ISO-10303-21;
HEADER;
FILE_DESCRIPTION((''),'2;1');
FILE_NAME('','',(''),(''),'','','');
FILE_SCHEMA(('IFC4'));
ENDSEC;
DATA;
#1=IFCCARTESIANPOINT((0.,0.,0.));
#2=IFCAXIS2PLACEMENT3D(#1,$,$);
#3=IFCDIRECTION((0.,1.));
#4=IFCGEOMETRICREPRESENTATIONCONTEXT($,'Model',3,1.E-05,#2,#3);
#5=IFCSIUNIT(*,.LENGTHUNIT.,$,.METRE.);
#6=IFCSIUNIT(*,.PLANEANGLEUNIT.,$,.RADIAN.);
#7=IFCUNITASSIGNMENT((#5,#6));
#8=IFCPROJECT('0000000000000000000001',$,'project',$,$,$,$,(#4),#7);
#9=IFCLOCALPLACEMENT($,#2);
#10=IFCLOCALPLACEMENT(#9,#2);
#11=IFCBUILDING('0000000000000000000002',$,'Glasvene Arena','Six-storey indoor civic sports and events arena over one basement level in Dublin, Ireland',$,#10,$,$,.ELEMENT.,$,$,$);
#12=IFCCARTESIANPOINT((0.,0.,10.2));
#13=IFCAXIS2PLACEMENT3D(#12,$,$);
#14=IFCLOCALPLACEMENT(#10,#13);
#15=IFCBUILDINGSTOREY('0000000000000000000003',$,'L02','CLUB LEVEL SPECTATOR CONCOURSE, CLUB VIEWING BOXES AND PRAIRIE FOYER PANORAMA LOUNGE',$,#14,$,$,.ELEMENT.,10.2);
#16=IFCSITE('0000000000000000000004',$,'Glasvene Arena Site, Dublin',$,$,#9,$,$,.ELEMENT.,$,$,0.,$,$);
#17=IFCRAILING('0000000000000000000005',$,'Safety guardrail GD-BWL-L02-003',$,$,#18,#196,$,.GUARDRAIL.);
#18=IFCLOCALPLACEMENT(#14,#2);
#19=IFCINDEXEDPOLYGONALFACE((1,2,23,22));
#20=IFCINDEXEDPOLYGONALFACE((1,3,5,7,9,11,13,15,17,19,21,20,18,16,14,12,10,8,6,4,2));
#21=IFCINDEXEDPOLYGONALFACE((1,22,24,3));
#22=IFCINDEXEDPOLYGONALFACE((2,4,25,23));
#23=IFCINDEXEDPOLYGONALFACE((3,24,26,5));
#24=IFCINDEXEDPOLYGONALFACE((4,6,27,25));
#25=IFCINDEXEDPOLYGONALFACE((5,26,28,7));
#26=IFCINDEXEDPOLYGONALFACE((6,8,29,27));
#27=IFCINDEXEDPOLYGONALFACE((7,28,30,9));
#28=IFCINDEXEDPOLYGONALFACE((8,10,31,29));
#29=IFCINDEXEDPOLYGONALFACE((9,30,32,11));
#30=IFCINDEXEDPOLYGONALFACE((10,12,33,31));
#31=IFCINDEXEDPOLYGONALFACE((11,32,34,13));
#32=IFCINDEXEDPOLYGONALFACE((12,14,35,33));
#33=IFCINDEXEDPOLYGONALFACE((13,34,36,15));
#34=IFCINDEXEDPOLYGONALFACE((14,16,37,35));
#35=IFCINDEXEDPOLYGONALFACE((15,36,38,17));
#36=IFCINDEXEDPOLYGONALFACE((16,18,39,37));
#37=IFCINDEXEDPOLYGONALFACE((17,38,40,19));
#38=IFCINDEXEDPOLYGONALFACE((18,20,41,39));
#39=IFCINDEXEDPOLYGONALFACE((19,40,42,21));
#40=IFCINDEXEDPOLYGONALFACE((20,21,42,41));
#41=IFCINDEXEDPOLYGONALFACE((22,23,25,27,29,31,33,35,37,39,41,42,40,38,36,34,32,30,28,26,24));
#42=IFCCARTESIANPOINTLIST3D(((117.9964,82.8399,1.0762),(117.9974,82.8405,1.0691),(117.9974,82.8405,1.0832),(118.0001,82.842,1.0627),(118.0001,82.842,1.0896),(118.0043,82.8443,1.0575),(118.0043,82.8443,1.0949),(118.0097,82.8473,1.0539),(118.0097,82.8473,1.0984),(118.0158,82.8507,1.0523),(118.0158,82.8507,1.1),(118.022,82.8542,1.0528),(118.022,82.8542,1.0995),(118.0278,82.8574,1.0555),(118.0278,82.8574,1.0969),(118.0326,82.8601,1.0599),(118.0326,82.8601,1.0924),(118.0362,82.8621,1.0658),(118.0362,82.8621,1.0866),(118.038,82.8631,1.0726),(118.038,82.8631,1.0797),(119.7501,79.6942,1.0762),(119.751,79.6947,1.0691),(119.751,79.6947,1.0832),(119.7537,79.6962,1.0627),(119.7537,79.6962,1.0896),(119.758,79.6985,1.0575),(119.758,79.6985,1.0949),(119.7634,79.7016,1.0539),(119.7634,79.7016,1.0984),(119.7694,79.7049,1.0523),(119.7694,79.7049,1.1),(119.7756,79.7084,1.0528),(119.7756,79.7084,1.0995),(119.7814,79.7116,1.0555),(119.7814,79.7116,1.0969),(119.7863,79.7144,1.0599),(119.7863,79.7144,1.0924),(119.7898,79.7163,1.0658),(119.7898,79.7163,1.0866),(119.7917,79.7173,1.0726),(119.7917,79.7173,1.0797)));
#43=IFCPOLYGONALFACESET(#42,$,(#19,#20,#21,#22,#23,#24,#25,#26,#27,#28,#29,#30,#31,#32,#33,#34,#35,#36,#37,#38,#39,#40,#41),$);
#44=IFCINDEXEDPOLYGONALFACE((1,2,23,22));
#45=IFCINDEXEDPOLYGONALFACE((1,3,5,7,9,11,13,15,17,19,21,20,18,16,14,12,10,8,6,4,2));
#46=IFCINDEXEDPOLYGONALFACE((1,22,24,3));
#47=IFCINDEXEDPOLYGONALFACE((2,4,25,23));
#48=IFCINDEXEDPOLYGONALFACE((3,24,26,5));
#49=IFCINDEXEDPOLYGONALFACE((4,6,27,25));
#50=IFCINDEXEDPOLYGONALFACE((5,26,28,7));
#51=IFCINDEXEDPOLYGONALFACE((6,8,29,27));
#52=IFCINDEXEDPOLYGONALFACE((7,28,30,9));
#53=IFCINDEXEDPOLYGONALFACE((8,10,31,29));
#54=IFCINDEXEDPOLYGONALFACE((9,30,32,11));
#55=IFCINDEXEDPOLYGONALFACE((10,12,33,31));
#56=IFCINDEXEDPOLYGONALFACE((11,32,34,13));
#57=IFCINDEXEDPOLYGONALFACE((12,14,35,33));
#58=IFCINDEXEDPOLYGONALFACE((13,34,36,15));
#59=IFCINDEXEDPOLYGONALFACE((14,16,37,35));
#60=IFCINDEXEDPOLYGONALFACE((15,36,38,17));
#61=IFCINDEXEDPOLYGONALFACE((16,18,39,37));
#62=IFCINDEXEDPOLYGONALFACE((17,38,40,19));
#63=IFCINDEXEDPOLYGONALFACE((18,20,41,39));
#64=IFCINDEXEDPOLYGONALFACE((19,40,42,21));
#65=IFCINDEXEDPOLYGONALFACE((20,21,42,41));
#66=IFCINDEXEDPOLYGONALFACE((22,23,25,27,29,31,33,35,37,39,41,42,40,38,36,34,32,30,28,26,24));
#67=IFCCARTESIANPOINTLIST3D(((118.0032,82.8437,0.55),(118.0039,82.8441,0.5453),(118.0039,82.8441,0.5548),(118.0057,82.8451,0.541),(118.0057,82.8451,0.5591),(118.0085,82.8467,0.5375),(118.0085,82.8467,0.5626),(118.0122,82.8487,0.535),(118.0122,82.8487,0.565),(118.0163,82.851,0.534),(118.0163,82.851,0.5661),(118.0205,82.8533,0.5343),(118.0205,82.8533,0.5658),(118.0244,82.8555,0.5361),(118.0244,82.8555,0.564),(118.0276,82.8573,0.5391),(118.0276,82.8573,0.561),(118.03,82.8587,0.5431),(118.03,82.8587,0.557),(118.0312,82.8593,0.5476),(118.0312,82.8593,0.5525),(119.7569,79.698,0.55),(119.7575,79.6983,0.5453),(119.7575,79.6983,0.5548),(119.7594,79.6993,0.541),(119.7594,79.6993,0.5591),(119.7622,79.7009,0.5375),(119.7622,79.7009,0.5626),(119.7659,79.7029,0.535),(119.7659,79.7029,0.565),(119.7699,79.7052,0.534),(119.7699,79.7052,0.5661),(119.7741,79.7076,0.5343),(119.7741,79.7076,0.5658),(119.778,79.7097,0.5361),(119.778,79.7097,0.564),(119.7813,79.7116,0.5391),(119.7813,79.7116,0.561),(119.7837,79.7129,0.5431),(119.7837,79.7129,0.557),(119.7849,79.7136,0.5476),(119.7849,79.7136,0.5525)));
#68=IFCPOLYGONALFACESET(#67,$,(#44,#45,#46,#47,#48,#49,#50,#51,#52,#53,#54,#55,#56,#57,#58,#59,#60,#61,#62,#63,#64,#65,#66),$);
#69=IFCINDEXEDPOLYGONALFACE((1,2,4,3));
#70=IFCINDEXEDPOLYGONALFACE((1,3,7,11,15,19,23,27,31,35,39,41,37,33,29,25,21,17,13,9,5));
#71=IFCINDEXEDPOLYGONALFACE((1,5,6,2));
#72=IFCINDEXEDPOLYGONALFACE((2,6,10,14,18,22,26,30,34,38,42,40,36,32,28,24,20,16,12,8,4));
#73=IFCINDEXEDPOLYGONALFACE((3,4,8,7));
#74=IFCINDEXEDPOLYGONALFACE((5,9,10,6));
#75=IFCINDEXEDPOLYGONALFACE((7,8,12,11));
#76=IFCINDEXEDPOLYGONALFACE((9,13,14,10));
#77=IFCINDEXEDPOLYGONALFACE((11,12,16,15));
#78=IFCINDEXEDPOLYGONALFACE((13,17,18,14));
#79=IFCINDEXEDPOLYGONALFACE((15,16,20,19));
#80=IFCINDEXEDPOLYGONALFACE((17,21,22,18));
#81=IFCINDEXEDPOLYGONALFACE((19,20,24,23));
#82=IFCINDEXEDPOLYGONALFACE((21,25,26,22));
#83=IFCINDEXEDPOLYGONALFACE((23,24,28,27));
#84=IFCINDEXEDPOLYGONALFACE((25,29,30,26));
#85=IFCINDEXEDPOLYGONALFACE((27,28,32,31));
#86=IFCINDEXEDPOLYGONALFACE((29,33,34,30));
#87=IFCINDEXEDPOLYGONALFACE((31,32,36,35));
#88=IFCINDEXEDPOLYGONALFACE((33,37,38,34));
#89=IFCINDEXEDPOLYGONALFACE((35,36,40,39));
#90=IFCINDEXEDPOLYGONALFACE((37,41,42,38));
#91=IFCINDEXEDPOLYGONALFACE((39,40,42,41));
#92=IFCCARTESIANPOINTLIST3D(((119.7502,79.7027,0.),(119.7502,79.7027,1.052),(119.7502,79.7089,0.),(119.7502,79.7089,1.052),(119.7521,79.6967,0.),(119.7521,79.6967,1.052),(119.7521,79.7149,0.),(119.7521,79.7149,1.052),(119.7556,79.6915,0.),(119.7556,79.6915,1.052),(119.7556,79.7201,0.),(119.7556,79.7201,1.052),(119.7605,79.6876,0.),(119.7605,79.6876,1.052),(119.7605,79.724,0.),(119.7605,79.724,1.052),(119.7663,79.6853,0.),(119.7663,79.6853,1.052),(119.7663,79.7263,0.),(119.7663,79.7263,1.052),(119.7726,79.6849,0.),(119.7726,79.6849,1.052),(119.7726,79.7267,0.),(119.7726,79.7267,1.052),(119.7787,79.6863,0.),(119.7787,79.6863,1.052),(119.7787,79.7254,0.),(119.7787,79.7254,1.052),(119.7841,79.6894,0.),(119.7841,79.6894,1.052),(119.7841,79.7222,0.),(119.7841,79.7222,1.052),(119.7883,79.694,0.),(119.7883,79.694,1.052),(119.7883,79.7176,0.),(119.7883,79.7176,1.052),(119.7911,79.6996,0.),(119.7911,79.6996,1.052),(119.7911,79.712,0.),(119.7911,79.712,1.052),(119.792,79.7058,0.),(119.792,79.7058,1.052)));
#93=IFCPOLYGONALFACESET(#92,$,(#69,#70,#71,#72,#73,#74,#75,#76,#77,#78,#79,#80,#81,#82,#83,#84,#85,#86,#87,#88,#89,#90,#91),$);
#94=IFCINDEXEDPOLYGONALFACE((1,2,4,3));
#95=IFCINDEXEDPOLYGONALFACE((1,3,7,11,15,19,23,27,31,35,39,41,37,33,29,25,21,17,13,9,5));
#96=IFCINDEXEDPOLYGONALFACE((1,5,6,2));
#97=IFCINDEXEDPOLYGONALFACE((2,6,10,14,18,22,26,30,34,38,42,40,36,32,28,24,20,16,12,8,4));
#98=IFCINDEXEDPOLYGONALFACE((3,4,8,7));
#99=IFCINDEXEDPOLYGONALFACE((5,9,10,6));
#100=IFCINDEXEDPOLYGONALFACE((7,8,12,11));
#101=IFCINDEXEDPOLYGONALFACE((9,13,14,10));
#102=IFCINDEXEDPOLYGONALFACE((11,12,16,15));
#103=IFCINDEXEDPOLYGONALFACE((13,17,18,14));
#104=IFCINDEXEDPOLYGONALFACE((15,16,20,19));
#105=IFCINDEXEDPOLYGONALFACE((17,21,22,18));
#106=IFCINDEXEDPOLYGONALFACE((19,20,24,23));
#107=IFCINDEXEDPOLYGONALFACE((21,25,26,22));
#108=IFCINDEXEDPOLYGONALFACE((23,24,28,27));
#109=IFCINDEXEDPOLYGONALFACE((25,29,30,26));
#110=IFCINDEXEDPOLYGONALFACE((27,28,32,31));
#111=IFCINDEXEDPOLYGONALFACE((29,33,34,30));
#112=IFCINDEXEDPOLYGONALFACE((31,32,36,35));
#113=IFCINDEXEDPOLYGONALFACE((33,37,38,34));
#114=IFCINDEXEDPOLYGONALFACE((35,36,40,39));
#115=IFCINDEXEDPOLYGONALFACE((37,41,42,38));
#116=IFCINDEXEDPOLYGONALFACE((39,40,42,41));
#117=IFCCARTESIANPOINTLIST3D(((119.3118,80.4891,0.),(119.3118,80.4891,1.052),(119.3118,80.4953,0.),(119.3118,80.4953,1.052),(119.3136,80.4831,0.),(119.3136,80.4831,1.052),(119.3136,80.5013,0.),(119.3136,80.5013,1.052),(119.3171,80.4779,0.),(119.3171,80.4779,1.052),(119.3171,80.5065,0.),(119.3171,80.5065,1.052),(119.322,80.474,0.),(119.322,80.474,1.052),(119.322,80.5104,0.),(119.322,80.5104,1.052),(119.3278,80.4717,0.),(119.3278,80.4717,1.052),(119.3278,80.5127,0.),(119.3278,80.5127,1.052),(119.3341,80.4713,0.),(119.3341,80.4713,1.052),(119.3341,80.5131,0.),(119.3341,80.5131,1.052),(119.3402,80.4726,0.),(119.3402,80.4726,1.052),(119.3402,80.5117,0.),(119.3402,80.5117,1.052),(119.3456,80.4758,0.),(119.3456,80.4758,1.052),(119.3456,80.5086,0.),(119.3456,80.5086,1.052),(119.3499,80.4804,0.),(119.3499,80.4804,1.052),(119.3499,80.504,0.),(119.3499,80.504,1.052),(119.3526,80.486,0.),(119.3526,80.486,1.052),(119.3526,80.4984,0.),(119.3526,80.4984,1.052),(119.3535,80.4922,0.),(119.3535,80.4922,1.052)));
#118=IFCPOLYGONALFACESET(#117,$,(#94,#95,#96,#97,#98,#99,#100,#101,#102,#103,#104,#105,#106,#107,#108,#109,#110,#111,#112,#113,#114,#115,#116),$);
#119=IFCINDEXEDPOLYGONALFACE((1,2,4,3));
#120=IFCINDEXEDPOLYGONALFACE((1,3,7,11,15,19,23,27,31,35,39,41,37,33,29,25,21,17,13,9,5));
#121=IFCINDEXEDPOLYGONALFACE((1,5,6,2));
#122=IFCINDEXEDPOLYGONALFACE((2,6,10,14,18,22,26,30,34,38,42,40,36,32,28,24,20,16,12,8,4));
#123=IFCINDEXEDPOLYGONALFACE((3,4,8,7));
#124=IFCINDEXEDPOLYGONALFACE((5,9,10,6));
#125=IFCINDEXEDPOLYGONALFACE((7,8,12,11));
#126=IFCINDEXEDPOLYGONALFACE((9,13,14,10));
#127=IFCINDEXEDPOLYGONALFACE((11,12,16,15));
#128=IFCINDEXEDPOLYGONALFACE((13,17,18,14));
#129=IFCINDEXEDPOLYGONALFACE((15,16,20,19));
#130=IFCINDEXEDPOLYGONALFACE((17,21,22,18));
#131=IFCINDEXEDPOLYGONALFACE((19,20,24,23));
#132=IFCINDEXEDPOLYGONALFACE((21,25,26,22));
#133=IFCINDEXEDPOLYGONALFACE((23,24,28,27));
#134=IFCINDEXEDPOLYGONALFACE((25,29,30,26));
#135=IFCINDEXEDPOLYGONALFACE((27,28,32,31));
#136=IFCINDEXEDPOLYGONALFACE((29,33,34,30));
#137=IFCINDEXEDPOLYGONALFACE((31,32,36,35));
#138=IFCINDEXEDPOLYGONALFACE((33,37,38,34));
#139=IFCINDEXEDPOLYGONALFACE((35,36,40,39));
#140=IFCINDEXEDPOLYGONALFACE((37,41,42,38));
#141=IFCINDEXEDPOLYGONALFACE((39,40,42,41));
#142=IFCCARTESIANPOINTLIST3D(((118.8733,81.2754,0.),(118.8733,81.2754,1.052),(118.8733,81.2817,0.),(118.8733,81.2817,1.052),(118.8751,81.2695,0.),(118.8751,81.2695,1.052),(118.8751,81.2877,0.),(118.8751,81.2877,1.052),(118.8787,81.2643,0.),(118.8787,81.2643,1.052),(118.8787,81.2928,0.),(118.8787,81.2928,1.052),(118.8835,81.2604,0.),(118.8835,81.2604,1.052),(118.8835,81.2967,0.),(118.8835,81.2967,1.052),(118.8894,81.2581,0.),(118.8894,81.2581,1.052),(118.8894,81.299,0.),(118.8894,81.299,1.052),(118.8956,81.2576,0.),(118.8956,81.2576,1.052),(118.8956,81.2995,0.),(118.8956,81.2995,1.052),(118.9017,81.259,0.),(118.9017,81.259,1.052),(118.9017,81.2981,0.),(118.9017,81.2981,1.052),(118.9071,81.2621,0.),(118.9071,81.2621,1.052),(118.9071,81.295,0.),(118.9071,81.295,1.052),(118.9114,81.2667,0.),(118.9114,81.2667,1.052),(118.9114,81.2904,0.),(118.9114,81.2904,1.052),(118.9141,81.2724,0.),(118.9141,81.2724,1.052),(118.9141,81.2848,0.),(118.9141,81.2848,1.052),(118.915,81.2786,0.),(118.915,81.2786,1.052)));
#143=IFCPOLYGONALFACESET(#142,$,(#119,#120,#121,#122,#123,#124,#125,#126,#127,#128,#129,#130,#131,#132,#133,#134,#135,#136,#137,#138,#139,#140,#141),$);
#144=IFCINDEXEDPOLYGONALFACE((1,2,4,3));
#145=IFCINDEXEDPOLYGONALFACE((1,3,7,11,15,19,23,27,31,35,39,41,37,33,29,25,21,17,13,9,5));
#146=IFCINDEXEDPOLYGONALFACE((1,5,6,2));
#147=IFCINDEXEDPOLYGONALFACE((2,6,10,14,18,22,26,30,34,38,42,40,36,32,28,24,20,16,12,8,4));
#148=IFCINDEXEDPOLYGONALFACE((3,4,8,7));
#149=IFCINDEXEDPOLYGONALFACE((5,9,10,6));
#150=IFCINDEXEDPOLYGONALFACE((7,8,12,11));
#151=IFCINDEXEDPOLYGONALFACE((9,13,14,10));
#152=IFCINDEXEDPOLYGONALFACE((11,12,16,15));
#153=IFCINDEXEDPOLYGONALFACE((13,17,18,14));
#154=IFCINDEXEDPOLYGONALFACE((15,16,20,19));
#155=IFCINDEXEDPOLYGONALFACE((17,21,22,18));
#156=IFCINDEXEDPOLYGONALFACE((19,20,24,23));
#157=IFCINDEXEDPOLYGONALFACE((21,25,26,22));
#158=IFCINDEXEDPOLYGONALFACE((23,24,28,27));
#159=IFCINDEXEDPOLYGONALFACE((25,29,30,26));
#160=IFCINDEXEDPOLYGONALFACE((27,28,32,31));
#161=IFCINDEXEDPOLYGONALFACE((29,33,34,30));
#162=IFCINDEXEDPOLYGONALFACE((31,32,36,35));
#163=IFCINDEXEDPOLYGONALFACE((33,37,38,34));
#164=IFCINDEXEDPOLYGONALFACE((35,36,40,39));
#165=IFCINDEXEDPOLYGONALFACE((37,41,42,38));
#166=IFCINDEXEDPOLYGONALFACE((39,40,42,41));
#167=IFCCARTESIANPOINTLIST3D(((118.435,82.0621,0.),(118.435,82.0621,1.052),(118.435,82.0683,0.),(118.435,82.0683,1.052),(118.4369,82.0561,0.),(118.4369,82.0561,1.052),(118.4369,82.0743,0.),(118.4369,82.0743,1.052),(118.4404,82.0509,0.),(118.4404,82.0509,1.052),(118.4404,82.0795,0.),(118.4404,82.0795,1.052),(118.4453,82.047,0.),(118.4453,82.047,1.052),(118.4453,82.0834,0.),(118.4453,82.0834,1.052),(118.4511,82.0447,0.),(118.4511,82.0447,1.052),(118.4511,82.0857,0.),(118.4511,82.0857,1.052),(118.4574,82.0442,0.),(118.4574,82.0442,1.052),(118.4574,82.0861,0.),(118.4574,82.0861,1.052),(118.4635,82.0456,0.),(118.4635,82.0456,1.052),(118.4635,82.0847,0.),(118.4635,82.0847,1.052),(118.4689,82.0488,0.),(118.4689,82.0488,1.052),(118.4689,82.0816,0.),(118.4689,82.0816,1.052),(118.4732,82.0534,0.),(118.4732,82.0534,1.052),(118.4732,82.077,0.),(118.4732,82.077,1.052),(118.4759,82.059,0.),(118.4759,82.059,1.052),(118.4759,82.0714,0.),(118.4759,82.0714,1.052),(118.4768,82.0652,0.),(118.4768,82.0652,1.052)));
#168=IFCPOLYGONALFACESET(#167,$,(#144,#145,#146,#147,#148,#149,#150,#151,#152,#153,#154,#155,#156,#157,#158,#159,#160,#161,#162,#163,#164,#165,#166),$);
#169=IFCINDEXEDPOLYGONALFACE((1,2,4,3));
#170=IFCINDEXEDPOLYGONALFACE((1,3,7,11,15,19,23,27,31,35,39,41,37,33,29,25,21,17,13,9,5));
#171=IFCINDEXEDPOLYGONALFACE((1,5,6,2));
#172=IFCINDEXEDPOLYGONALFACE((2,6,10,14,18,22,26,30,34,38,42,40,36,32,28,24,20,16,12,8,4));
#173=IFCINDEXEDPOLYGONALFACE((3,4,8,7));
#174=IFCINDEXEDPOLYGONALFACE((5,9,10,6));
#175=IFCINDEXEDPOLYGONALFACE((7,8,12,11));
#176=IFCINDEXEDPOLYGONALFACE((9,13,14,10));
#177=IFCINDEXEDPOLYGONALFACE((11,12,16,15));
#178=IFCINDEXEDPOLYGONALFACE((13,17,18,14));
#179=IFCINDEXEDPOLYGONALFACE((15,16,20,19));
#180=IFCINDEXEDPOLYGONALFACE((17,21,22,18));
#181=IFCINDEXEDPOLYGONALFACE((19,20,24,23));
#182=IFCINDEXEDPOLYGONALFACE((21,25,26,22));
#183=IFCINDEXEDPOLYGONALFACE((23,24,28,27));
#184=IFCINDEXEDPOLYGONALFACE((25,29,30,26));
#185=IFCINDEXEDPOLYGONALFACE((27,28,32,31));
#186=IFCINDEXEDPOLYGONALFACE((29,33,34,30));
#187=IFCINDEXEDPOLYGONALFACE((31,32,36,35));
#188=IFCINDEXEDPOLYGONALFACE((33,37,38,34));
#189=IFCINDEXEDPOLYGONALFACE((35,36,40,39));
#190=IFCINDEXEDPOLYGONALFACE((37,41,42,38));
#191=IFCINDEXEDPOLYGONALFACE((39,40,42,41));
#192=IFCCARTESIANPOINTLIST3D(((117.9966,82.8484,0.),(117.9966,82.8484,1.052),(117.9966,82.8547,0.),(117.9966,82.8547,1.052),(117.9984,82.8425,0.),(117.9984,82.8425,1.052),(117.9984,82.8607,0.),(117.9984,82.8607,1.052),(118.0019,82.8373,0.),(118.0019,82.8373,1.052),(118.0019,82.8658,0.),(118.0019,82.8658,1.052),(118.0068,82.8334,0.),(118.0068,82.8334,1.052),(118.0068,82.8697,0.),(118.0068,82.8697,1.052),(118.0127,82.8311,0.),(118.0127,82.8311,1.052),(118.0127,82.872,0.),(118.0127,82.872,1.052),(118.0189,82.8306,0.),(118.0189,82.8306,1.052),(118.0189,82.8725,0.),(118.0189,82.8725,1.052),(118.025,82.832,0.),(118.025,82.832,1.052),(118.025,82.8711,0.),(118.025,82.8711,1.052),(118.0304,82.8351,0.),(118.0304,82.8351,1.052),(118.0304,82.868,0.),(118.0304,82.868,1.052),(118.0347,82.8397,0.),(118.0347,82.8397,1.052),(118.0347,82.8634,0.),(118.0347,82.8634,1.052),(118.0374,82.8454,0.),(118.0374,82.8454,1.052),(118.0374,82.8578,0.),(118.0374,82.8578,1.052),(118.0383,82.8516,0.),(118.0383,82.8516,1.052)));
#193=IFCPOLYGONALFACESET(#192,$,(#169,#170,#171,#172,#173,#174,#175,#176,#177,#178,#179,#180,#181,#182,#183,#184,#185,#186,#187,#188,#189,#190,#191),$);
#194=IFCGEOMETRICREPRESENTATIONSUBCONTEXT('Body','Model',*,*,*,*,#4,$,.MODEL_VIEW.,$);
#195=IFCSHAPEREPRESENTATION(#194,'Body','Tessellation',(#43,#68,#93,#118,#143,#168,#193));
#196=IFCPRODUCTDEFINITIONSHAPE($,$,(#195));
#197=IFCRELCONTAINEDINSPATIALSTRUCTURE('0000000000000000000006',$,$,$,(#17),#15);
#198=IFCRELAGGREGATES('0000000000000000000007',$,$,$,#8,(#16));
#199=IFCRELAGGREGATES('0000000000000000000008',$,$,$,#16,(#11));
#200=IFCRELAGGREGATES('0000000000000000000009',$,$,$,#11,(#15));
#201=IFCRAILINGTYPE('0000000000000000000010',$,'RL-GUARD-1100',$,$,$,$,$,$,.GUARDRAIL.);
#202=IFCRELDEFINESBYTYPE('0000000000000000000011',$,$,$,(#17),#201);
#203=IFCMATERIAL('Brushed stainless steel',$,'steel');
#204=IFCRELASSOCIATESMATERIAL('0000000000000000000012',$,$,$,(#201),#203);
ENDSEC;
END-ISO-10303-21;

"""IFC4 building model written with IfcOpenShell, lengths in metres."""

from ifc_helpers import new_model, si_unit, direction, frame, origin, origin_2d, place, context, subcontext, project, spatial, circle, extrude, material, type_object, element, save


model = new_model("IFC4")

# Units and contexts
model_context = context("Model", 3, precision=1e-05, world=origin(), true_north=direction((0.0, 1.0)))
body_context = subcontext(model_context, "Body", "Model", "MODEL_VIEW")
ifc_project = project(units=[si_unit("LENGTHUNIT", "METRE"), si_unit("PLANEANGLEUNIT", "RADIAN")], contexts=[model_context])

# Site, building, storey
site_placement = place(None, origin())
site = spatial("IfcSite", under=ifc_project, at=site_placement, Name="Glasvene Arena Site, Dublin", CompositionType="ELEMENT", RefElevation=0.0)
building_placement = place(site_placement, origin())
building = spatial("IfcBuilding", under=site, at=building_placement, Name="Glasvene Arena", Description="Six-storey indoor civic sports and events arena over one basement level in Dublin, Ireland", CompositionType="ELEMENT")
storey_placement = place(building_placement, frame((0.0, 0.0, 10.2)))
storey = spatial("IfcBuildingStorey", under=building, at=storey_placement, Name="L02", Description="CLUB LEVEL SPECTATOR CONCOURSE, CLUB VIEWING BOXES AND PRAIRIE FOYER PANORAMA LOUNGE", CompositionType="ELEMENT", Elevation=10.2)

# Railing
ifc_material_1 = material(Name="Brushed stainless steel", Category="steel")
railing_type_1 = type_object("IfcRailingType", Name="RL-GUARD-1100", PredefinedType="GUARDRAIL", material=ifc_material_1)
railing_1_placement = place(storey_placement, frame((119.771, 79.7058, 0.0)))
element("IfcRailing", 1, at=railing_1_placement, inside=storey, type_object=railing_type_1, Name="Safety guardrail GD-BWL-L02-003", PredefinedType="GUARDRAIL", context=body_context, shape_type="SweptSolid", body=[
    extrude(circle(Radius=0.0239, at=origin_2d()), frame((0.0, 0.0, 1.0762), z_axis=(-0.48692, 0.873446, 0.0), x_axis=(-0.873446, -0.48692, 0.0)), (0.0, 0.0, 1.0), 3.6016),
    extrude(circle(Radius=0.0161, at=origin_2d()), frame((0.0, 0.0, 0.55), z_axis=(-0.48692, 0.873446, 0.0), x_axis=(-0.873446, -0.48692, 0.0)), (0.0, 0.0, 1.0), 3.6016),
    extrude(circle(Radius=0.021, at=origin_2d()), origin(), (0.0, 0.0, 1.0), 1.052),
    extrude(circle(Radius=0.021, at=origin_2d()), frame((-0.4385, 0.7864, 0.0)), (0.0, 0.0, 1.0), 1.052),
    extrude(circle(Radius=0.021, at=origin_2d()), frame((-0.877, 1.5728, 0.0)), (0.0, 0.0, 1.0), 1.052),
    extrude(circle(Radius=0.021, at=origin_2d()), frame((-1.3152, 2.3594, 0.0)), (0.0, 0.0, 1.0), 1.052),
    extrude(circle(Radius=0.021, at=origin_2d()), frame((-1.7537, 3.1458, 0.0)), (0.0, 0.0, 1.0), 1.052),
])

save(model, "model.ifc")
